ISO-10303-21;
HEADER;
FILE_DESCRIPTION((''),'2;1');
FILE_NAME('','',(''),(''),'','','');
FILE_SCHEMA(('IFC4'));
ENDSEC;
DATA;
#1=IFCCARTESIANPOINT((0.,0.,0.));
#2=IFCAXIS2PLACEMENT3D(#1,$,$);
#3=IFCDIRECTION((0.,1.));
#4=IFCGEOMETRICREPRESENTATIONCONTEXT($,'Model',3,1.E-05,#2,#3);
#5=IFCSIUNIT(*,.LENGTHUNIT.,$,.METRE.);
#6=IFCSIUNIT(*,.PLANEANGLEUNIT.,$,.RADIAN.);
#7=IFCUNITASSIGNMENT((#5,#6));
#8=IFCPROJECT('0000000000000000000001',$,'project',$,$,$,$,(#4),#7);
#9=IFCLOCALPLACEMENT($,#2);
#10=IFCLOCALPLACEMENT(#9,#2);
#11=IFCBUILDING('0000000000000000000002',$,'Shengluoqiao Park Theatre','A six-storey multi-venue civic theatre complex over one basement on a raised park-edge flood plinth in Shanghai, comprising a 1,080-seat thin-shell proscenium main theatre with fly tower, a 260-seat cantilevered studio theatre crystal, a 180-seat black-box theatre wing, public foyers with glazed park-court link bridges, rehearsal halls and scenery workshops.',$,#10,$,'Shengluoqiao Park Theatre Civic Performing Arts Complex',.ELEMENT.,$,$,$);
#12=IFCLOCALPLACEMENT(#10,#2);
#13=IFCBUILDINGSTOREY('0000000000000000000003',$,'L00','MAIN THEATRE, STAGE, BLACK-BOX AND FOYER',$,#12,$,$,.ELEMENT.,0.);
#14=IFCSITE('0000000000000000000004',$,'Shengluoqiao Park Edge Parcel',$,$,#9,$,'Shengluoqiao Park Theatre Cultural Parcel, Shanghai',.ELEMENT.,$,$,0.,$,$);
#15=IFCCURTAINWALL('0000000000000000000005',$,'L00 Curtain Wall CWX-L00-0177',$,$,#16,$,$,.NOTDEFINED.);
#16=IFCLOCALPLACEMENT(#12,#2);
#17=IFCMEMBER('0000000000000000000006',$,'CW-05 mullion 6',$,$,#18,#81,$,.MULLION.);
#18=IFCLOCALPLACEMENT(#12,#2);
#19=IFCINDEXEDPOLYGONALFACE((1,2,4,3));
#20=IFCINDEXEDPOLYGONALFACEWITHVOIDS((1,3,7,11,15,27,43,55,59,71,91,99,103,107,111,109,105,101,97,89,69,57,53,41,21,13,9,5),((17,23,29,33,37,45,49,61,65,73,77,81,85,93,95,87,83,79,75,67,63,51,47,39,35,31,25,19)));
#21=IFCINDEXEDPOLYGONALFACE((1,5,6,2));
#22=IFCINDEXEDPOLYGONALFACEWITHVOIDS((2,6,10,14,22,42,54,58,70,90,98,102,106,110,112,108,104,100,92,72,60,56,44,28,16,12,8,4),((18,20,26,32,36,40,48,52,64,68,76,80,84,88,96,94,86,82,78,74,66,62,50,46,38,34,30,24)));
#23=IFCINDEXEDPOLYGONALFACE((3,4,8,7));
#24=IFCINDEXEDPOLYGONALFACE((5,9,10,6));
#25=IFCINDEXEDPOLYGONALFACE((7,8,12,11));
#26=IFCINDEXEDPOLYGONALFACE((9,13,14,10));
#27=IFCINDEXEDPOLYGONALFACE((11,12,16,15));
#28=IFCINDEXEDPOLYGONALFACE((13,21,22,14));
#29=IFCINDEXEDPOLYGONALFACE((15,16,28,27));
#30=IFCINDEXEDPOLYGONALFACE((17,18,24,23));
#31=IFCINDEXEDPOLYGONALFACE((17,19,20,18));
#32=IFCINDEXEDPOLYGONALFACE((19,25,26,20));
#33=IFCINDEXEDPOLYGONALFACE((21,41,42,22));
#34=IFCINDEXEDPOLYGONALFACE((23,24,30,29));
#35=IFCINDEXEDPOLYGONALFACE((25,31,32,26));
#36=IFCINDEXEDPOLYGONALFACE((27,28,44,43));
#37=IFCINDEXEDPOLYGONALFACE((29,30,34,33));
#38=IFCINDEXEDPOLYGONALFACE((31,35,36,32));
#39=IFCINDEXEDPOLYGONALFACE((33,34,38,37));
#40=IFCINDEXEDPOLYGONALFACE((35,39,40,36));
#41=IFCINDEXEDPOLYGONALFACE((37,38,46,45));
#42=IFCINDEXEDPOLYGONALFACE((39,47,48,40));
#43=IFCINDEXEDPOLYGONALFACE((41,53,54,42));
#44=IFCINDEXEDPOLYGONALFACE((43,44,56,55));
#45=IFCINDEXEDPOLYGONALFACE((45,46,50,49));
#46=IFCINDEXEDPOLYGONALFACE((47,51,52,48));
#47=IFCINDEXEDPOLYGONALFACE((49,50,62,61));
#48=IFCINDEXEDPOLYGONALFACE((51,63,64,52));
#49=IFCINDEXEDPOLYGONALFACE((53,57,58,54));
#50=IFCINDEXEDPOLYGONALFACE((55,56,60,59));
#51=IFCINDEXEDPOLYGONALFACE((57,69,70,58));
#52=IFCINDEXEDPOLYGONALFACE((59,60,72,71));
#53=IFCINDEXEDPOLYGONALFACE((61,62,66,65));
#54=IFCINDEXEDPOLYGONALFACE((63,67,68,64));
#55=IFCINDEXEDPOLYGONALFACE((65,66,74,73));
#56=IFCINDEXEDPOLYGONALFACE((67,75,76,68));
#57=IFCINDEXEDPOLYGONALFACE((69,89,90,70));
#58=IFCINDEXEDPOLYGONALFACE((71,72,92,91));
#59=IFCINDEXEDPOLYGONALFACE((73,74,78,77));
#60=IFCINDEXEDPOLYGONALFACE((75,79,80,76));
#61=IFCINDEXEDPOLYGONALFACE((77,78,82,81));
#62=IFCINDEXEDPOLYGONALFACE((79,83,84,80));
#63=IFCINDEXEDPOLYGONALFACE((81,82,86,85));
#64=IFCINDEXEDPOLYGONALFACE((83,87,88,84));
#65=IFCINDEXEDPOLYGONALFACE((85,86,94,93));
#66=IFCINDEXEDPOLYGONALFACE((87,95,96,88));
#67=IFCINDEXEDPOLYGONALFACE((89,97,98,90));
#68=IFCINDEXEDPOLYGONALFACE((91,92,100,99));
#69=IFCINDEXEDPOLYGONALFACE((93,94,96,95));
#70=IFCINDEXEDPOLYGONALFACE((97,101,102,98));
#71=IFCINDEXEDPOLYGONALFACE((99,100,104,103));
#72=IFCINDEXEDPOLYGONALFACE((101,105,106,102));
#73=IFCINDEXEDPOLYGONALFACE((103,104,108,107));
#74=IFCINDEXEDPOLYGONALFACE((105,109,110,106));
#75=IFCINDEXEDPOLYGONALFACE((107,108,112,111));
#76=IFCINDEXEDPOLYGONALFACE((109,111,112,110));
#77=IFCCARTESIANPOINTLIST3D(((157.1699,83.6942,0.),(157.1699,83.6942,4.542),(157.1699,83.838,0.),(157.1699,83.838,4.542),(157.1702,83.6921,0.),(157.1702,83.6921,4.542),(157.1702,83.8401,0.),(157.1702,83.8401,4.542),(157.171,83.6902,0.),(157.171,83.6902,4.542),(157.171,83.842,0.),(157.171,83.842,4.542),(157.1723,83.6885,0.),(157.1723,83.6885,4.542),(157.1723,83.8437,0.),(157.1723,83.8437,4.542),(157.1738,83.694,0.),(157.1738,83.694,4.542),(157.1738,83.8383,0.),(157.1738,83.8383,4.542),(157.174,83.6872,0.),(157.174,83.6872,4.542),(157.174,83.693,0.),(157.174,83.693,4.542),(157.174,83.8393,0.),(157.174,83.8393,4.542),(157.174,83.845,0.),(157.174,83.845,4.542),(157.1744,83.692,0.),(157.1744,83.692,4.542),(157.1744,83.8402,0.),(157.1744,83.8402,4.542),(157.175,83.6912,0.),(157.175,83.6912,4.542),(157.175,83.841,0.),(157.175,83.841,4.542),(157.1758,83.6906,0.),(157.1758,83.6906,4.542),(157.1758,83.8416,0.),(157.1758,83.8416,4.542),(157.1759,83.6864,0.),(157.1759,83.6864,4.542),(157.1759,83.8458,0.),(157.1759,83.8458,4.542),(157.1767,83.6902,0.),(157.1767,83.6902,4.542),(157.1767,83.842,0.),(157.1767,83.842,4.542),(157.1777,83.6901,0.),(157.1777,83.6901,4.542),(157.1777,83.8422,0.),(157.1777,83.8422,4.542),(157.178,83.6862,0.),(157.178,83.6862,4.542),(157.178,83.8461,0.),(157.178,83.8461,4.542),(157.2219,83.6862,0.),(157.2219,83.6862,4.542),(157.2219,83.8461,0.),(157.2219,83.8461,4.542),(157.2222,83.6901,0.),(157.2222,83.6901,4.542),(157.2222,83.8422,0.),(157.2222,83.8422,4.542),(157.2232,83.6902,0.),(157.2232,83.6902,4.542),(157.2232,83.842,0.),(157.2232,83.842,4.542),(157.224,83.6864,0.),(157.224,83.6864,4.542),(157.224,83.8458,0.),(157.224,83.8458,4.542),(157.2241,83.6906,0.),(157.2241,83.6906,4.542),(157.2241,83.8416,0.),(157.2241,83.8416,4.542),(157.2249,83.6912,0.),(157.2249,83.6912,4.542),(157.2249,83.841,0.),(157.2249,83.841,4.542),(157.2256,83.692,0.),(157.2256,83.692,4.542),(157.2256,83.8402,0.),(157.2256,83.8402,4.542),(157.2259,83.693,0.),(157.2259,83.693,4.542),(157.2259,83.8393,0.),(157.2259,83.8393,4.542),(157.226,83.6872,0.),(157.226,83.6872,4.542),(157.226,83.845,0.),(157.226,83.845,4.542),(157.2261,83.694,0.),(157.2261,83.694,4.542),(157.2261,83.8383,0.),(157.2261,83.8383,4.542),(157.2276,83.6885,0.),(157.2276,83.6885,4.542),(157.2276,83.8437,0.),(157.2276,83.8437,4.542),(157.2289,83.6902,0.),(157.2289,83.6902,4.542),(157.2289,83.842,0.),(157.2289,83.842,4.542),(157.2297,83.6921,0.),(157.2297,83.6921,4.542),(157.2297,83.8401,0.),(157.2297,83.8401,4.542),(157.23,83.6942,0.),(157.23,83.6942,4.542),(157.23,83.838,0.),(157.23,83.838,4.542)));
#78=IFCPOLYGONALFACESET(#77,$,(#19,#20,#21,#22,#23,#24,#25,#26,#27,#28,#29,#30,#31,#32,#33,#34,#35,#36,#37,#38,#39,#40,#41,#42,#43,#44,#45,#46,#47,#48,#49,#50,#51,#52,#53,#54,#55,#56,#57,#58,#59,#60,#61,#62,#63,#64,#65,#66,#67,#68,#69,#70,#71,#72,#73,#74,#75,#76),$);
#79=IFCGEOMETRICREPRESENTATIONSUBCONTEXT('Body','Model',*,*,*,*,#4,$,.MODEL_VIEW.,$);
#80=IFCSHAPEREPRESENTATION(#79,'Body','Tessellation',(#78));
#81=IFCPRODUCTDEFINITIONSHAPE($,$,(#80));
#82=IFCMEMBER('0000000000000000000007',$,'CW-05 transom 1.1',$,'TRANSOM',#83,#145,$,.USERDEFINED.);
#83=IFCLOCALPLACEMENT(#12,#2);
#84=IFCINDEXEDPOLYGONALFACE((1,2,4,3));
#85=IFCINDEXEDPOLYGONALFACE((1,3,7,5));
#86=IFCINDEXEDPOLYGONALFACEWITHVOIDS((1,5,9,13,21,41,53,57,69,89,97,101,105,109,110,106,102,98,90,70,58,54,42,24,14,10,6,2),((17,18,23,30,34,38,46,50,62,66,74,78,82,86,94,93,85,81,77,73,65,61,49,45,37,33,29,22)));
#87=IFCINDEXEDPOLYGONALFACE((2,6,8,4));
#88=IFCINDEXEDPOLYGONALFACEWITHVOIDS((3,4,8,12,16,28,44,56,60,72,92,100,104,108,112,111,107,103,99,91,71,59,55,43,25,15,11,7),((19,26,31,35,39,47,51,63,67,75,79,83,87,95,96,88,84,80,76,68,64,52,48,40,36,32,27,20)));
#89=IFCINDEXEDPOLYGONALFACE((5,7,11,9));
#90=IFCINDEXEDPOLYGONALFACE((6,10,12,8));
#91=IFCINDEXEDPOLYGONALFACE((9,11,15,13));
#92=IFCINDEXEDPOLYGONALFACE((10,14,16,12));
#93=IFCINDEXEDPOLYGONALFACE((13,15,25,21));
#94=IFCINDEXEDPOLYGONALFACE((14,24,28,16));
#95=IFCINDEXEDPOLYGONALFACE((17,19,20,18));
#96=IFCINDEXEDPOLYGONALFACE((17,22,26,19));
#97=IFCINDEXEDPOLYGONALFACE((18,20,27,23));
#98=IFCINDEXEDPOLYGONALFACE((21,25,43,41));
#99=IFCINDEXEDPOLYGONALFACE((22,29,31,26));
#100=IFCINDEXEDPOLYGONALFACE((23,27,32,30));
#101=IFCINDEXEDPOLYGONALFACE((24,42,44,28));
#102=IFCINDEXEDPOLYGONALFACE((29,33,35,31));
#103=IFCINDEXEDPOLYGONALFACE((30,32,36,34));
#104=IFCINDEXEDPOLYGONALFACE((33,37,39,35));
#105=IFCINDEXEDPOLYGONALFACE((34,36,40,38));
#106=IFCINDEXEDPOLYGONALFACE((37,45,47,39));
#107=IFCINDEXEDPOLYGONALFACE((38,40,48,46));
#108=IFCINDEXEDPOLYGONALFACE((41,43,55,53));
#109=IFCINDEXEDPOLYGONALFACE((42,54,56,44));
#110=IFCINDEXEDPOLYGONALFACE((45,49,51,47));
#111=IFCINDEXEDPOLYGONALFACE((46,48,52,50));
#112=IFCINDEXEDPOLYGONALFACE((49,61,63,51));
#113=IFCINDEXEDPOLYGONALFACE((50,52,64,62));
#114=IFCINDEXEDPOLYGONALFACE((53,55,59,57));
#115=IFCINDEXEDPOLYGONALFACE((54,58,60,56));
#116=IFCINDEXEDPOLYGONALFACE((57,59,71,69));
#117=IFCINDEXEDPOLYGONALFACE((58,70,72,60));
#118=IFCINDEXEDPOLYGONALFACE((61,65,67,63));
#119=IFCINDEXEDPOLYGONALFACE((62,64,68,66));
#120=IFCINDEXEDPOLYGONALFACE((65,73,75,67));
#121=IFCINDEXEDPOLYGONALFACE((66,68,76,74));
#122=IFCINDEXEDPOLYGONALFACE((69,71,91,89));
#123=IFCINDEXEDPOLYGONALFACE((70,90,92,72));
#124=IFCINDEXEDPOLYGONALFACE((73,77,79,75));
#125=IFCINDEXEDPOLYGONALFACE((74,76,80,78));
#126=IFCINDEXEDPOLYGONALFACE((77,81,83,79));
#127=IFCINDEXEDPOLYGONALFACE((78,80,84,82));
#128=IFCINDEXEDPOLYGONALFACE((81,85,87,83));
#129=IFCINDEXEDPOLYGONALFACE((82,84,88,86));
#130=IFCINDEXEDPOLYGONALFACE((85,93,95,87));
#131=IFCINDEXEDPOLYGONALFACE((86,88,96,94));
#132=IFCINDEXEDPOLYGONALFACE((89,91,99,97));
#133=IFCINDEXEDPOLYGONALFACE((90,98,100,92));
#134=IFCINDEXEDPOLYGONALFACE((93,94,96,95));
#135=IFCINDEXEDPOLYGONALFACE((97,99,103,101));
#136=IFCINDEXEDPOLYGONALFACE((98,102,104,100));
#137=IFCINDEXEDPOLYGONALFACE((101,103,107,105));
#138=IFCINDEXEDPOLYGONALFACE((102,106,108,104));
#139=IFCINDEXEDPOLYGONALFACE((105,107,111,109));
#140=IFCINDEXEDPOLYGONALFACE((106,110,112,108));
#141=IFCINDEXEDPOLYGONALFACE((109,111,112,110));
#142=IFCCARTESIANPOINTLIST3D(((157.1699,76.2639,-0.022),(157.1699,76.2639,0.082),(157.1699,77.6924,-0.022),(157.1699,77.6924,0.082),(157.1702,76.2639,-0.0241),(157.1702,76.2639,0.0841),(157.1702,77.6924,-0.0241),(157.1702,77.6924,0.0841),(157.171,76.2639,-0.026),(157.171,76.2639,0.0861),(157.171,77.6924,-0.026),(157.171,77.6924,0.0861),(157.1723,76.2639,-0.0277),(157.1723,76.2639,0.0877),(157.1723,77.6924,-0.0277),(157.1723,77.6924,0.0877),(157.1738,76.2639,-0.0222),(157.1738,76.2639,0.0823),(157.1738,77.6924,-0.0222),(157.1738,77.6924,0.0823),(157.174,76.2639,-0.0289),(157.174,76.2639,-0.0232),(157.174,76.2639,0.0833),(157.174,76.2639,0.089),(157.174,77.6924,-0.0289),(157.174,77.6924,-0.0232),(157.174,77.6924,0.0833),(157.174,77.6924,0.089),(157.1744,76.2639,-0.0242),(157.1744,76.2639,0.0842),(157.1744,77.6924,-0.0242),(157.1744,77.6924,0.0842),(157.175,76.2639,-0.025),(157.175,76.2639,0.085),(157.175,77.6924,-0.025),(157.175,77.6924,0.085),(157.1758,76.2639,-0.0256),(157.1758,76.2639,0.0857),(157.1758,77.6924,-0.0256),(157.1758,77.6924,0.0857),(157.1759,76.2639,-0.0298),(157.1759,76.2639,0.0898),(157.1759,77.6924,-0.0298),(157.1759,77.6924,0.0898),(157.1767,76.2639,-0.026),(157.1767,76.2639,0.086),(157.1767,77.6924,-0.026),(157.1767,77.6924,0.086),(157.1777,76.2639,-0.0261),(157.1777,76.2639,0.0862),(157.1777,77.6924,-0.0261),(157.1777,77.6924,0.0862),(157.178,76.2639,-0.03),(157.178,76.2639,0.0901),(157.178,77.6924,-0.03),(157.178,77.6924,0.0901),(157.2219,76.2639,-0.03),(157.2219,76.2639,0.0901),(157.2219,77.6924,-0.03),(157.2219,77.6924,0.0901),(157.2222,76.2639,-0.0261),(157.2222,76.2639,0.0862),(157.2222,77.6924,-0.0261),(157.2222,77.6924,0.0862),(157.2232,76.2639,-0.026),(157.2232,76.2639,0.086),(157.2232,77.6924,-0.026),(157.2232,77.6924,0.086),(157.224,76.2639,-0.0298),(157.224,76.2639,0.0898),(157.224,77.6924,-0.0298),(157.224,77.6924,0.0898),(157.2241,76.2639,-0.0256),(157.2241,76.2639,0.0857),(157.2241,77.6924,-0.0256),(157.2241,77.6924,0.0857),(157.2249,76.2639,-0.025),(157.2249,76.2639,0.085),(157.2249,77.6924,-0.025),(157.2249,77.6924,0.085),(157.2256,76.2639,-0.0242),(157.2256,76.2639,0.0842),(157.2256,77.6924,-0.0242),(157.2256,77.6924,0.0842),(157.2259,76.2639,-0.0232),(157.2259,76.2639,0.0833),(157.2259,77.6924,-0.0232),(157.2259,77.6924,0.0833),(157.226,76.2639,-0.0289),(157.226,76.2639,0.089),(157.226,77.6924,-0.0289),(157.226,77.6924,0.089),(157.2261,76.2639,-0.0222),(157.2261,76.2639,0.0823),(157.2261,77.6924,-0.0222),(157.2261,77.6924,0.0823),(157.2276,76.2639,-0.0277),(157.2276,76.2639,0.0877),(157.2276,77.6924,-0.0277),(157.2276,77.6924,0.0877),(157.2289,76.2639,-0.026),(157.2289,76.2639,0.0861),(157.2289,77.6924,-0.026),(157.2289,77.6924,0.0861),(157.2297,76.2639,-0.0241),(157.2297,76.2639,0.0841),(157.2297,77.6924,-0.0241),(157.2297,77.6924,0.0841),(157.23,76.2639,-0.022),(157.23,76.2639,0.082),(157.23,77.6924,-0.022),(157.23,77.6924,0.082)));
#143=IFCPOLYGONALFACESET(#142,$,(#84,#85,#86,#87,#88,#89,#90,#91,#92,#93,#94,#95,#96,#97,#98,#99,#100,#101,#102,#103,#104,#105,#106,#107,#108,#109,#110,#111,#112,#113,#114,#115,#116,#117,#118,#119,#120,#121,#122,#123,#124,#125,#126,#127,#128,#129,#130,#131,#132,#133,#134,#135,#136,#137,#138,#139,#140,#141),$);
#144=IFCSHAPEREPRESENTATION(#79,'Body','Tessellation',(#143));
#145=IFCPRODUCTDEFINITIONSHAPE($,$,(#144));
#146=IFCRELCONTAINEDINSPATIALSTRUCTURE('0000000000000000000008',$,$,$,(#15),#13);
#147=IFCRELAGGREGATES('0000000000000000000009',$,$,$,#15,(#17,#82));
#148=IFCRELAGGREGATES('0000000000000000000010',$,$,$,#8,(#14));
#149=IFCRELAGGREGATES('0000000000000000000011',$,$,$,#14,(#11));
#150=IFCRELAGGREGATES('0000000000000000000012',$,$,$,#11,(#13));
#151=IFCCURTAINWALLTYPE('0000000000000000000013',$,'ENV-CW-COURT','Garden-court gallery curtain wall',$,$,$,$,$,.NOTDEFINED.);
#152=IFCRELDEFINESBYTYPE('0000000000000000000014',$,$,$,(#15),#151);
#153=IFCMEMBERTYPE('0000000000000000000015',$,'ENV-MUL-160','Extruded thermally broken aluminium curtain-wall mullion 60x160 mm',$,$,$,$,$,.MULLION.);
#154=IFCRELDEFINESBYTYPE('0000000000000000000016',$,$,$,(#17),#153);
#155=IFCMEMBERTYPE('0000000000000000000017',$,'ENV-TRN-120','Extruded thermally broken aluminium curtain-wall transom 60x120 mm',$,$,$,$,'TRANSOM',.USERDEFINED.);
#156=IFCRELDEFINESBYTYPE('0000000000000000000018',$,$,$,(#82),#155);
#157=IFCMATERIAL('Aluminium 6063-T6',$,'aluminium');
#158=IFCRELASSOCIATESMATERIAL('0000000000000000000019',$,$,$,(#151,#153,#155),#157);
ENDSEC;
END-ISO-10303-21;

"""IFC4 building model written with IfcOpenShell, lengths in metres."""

from ifc_helpers import new_model, si_unit, direction, frame, origin, origin_2d, place, context, subcontext, project, spatial, hollow_rectangle, extrude, material, material_profile, profile_set, type_object, element, aggregate, save


model = new_model("IFC4")

# Units and contexts
model_context = context("Model", 3, precision=1e-05, world=origin(), true_north=direction((0.0, 1.0)))
body_context = subcontext(model_context, "Body", "Model", "MODEL_VIEW")
ifc_project = project(units=[si_unit("LENGTHUNIT", "METRE"), si_unit("PLANEANGLEUNIT", "RADIAN")], contexts=[model_context])

# Site, building, storey
site_placement = place(None, origin())
site = spatial("IfcSite", under=ifc_project, at=site_placement, Name="Shengluoqiao Park Edge Parcel", LongName="Shengluoqiao Park Theatre Cultural Parcel, Shanghai", CompositionType="ELEMENT", RefElevation=0.0)
building_placement = place(site_placement, origin())
building = spatial("IfcBuilding", under=site, at=building_placement, Name="Shengluoqiao Park Theatre", Description="A six-storey multi-venue civic theatre complex over one basement on a raised park-edge flood plinth in Shanghai, comprising a 1,080-seat thin-shell proscenium main theatre with fly tower, a 260-seat cantilevered studio theatre crystal, a 180-seat black-box theatre wing, public foyers with glazed park-court link bridges, rehearsal halls and scenery workshops.", LongName="Shengluoqiao Park Theatre Civic Performing Arts Complex", CompositionType="ELEMENT")
storey_placement = place(building_placement, origin())
storey = spatial("IfcBuildingStorey", under=building, at=storey_placement, Name="L00", Description="MAIN THEATRE, STAGE, BLACK-BOX AND FOYER", CompositionType="ELEMENT", Elevation=0.0)

# Curtain wall, members
ifc_material_1 = material(Name="Aluminium 6063-T6", Category="aluminium")
curtain_wall_type = type_object("IfcCurtainWallType", Name="ENV-CW-COURT", Description="Garden-court gallery curtain wall", PredefinedType="NOTDEFINED", material=ifc_material_1)
curtain_wall_placement = place(storey_placement, origin())
curtain_wall = element("IfcCurtainWall", 1, at=curtain_wall_placement, inside=storey, type_object=curtain_wall_type, Name="L00 Curtain Wall CWX-L00-0177", PredefinedType="NOTDEFINED")
ifc_material_profile_1 = material_profile(ifc_material_1, hollow_rectangle(XDim=0.0601, YDim=0.1599, WallThickness=0.0039, InnerFilletRadius=0.0039, OuterFilletRadius=0.0081, at=origin_2d()), Name="ALU MULLION 160x60x4")
ifc_profile_set_1 = profile_set([ifc_material_profile_1], Name="Aluminium 6063-T6")
member_type_1 = type_object("IfcMemberType", Name="ENV-MUL-160", Description="Extruded thermally broken aluminium curtain-wall mullion 60x160 mm", PredefinedType="MULLION", material=ifc_profile_set_1)
member_1_placement = place(storey_placement, frame((157.2, 83.7661, 0.0), z_axis=(0.0, 0.0, 1.0), x_axis=(-1.0, 0.0, 0.0)))
member_1 = element("IfcMember", 2, at=member_1_placement, type_object=member_type_1, Name="CW-05 mullion 6", PredefinedType="MULLION", context=body_context, shape_type="SweptSolid", body=[
    extrude(hollow_rectangle(XDim=0.0601, YDim=0.1599, WallThickness=0.0039, InnerFilletRadius=0.0039, OuterFilletRadius=0.0081, at=origin_2d()), origin(), (0.0, 0.0, 1.0), 4.542),
])
ifc_material_profile_2 = material_profile(ifc_material_1, hollow_rectangle(XDim=0.0601, YDim=0.1201, WallThickness=0.0039, InnerFilletRadius=0.0039, OuterFilletRadius=0.0081, at=origin_2d()), Name="ALU TRANSOM 120x60x4")
ifc_profile_set_2 = profile_set([ifc_material_profile_2], Name="Aluminium 6063-T6")
member_type_2 = type_object("IfcMemberType", Name="ENV-TRN-120", Description="Extruded thermally broken aluminium curtain-wall transom 60x120 mm", ElementType="TRANSOM", PredefinedType="USERDEFINED", material=ifc_profile_set_2)
member_2_placement = place(storey_placement, frame((157.2, 76.2639, 0.03), z_axis=(0.0, 1.0, 0.0), x_axis=(-1.0, 0.0, 0.0)))
member_2 = element("IfcMember", 3, at=member_2_placement, type_object=member_type_2, Name="CW-05 transom 1.1", ObjectType="TRANSOM", PredefinedType="USERDEFINED", context=body_context, shape_type="SweptSolid", body=[
    extrude(hollow_rectangle(XDim=0.0601, YDim=0.1201, WallThickness=0.0039, InnerFilletRadius=0.0039, OuterFilletRadius=0.0081, at=origin_2d()), origin(), (0.0, 0.0, 1.0), 1.4285),
])
aggregate(curtain_wall, [member_1, member_2])

save(model, "model.ifc")
